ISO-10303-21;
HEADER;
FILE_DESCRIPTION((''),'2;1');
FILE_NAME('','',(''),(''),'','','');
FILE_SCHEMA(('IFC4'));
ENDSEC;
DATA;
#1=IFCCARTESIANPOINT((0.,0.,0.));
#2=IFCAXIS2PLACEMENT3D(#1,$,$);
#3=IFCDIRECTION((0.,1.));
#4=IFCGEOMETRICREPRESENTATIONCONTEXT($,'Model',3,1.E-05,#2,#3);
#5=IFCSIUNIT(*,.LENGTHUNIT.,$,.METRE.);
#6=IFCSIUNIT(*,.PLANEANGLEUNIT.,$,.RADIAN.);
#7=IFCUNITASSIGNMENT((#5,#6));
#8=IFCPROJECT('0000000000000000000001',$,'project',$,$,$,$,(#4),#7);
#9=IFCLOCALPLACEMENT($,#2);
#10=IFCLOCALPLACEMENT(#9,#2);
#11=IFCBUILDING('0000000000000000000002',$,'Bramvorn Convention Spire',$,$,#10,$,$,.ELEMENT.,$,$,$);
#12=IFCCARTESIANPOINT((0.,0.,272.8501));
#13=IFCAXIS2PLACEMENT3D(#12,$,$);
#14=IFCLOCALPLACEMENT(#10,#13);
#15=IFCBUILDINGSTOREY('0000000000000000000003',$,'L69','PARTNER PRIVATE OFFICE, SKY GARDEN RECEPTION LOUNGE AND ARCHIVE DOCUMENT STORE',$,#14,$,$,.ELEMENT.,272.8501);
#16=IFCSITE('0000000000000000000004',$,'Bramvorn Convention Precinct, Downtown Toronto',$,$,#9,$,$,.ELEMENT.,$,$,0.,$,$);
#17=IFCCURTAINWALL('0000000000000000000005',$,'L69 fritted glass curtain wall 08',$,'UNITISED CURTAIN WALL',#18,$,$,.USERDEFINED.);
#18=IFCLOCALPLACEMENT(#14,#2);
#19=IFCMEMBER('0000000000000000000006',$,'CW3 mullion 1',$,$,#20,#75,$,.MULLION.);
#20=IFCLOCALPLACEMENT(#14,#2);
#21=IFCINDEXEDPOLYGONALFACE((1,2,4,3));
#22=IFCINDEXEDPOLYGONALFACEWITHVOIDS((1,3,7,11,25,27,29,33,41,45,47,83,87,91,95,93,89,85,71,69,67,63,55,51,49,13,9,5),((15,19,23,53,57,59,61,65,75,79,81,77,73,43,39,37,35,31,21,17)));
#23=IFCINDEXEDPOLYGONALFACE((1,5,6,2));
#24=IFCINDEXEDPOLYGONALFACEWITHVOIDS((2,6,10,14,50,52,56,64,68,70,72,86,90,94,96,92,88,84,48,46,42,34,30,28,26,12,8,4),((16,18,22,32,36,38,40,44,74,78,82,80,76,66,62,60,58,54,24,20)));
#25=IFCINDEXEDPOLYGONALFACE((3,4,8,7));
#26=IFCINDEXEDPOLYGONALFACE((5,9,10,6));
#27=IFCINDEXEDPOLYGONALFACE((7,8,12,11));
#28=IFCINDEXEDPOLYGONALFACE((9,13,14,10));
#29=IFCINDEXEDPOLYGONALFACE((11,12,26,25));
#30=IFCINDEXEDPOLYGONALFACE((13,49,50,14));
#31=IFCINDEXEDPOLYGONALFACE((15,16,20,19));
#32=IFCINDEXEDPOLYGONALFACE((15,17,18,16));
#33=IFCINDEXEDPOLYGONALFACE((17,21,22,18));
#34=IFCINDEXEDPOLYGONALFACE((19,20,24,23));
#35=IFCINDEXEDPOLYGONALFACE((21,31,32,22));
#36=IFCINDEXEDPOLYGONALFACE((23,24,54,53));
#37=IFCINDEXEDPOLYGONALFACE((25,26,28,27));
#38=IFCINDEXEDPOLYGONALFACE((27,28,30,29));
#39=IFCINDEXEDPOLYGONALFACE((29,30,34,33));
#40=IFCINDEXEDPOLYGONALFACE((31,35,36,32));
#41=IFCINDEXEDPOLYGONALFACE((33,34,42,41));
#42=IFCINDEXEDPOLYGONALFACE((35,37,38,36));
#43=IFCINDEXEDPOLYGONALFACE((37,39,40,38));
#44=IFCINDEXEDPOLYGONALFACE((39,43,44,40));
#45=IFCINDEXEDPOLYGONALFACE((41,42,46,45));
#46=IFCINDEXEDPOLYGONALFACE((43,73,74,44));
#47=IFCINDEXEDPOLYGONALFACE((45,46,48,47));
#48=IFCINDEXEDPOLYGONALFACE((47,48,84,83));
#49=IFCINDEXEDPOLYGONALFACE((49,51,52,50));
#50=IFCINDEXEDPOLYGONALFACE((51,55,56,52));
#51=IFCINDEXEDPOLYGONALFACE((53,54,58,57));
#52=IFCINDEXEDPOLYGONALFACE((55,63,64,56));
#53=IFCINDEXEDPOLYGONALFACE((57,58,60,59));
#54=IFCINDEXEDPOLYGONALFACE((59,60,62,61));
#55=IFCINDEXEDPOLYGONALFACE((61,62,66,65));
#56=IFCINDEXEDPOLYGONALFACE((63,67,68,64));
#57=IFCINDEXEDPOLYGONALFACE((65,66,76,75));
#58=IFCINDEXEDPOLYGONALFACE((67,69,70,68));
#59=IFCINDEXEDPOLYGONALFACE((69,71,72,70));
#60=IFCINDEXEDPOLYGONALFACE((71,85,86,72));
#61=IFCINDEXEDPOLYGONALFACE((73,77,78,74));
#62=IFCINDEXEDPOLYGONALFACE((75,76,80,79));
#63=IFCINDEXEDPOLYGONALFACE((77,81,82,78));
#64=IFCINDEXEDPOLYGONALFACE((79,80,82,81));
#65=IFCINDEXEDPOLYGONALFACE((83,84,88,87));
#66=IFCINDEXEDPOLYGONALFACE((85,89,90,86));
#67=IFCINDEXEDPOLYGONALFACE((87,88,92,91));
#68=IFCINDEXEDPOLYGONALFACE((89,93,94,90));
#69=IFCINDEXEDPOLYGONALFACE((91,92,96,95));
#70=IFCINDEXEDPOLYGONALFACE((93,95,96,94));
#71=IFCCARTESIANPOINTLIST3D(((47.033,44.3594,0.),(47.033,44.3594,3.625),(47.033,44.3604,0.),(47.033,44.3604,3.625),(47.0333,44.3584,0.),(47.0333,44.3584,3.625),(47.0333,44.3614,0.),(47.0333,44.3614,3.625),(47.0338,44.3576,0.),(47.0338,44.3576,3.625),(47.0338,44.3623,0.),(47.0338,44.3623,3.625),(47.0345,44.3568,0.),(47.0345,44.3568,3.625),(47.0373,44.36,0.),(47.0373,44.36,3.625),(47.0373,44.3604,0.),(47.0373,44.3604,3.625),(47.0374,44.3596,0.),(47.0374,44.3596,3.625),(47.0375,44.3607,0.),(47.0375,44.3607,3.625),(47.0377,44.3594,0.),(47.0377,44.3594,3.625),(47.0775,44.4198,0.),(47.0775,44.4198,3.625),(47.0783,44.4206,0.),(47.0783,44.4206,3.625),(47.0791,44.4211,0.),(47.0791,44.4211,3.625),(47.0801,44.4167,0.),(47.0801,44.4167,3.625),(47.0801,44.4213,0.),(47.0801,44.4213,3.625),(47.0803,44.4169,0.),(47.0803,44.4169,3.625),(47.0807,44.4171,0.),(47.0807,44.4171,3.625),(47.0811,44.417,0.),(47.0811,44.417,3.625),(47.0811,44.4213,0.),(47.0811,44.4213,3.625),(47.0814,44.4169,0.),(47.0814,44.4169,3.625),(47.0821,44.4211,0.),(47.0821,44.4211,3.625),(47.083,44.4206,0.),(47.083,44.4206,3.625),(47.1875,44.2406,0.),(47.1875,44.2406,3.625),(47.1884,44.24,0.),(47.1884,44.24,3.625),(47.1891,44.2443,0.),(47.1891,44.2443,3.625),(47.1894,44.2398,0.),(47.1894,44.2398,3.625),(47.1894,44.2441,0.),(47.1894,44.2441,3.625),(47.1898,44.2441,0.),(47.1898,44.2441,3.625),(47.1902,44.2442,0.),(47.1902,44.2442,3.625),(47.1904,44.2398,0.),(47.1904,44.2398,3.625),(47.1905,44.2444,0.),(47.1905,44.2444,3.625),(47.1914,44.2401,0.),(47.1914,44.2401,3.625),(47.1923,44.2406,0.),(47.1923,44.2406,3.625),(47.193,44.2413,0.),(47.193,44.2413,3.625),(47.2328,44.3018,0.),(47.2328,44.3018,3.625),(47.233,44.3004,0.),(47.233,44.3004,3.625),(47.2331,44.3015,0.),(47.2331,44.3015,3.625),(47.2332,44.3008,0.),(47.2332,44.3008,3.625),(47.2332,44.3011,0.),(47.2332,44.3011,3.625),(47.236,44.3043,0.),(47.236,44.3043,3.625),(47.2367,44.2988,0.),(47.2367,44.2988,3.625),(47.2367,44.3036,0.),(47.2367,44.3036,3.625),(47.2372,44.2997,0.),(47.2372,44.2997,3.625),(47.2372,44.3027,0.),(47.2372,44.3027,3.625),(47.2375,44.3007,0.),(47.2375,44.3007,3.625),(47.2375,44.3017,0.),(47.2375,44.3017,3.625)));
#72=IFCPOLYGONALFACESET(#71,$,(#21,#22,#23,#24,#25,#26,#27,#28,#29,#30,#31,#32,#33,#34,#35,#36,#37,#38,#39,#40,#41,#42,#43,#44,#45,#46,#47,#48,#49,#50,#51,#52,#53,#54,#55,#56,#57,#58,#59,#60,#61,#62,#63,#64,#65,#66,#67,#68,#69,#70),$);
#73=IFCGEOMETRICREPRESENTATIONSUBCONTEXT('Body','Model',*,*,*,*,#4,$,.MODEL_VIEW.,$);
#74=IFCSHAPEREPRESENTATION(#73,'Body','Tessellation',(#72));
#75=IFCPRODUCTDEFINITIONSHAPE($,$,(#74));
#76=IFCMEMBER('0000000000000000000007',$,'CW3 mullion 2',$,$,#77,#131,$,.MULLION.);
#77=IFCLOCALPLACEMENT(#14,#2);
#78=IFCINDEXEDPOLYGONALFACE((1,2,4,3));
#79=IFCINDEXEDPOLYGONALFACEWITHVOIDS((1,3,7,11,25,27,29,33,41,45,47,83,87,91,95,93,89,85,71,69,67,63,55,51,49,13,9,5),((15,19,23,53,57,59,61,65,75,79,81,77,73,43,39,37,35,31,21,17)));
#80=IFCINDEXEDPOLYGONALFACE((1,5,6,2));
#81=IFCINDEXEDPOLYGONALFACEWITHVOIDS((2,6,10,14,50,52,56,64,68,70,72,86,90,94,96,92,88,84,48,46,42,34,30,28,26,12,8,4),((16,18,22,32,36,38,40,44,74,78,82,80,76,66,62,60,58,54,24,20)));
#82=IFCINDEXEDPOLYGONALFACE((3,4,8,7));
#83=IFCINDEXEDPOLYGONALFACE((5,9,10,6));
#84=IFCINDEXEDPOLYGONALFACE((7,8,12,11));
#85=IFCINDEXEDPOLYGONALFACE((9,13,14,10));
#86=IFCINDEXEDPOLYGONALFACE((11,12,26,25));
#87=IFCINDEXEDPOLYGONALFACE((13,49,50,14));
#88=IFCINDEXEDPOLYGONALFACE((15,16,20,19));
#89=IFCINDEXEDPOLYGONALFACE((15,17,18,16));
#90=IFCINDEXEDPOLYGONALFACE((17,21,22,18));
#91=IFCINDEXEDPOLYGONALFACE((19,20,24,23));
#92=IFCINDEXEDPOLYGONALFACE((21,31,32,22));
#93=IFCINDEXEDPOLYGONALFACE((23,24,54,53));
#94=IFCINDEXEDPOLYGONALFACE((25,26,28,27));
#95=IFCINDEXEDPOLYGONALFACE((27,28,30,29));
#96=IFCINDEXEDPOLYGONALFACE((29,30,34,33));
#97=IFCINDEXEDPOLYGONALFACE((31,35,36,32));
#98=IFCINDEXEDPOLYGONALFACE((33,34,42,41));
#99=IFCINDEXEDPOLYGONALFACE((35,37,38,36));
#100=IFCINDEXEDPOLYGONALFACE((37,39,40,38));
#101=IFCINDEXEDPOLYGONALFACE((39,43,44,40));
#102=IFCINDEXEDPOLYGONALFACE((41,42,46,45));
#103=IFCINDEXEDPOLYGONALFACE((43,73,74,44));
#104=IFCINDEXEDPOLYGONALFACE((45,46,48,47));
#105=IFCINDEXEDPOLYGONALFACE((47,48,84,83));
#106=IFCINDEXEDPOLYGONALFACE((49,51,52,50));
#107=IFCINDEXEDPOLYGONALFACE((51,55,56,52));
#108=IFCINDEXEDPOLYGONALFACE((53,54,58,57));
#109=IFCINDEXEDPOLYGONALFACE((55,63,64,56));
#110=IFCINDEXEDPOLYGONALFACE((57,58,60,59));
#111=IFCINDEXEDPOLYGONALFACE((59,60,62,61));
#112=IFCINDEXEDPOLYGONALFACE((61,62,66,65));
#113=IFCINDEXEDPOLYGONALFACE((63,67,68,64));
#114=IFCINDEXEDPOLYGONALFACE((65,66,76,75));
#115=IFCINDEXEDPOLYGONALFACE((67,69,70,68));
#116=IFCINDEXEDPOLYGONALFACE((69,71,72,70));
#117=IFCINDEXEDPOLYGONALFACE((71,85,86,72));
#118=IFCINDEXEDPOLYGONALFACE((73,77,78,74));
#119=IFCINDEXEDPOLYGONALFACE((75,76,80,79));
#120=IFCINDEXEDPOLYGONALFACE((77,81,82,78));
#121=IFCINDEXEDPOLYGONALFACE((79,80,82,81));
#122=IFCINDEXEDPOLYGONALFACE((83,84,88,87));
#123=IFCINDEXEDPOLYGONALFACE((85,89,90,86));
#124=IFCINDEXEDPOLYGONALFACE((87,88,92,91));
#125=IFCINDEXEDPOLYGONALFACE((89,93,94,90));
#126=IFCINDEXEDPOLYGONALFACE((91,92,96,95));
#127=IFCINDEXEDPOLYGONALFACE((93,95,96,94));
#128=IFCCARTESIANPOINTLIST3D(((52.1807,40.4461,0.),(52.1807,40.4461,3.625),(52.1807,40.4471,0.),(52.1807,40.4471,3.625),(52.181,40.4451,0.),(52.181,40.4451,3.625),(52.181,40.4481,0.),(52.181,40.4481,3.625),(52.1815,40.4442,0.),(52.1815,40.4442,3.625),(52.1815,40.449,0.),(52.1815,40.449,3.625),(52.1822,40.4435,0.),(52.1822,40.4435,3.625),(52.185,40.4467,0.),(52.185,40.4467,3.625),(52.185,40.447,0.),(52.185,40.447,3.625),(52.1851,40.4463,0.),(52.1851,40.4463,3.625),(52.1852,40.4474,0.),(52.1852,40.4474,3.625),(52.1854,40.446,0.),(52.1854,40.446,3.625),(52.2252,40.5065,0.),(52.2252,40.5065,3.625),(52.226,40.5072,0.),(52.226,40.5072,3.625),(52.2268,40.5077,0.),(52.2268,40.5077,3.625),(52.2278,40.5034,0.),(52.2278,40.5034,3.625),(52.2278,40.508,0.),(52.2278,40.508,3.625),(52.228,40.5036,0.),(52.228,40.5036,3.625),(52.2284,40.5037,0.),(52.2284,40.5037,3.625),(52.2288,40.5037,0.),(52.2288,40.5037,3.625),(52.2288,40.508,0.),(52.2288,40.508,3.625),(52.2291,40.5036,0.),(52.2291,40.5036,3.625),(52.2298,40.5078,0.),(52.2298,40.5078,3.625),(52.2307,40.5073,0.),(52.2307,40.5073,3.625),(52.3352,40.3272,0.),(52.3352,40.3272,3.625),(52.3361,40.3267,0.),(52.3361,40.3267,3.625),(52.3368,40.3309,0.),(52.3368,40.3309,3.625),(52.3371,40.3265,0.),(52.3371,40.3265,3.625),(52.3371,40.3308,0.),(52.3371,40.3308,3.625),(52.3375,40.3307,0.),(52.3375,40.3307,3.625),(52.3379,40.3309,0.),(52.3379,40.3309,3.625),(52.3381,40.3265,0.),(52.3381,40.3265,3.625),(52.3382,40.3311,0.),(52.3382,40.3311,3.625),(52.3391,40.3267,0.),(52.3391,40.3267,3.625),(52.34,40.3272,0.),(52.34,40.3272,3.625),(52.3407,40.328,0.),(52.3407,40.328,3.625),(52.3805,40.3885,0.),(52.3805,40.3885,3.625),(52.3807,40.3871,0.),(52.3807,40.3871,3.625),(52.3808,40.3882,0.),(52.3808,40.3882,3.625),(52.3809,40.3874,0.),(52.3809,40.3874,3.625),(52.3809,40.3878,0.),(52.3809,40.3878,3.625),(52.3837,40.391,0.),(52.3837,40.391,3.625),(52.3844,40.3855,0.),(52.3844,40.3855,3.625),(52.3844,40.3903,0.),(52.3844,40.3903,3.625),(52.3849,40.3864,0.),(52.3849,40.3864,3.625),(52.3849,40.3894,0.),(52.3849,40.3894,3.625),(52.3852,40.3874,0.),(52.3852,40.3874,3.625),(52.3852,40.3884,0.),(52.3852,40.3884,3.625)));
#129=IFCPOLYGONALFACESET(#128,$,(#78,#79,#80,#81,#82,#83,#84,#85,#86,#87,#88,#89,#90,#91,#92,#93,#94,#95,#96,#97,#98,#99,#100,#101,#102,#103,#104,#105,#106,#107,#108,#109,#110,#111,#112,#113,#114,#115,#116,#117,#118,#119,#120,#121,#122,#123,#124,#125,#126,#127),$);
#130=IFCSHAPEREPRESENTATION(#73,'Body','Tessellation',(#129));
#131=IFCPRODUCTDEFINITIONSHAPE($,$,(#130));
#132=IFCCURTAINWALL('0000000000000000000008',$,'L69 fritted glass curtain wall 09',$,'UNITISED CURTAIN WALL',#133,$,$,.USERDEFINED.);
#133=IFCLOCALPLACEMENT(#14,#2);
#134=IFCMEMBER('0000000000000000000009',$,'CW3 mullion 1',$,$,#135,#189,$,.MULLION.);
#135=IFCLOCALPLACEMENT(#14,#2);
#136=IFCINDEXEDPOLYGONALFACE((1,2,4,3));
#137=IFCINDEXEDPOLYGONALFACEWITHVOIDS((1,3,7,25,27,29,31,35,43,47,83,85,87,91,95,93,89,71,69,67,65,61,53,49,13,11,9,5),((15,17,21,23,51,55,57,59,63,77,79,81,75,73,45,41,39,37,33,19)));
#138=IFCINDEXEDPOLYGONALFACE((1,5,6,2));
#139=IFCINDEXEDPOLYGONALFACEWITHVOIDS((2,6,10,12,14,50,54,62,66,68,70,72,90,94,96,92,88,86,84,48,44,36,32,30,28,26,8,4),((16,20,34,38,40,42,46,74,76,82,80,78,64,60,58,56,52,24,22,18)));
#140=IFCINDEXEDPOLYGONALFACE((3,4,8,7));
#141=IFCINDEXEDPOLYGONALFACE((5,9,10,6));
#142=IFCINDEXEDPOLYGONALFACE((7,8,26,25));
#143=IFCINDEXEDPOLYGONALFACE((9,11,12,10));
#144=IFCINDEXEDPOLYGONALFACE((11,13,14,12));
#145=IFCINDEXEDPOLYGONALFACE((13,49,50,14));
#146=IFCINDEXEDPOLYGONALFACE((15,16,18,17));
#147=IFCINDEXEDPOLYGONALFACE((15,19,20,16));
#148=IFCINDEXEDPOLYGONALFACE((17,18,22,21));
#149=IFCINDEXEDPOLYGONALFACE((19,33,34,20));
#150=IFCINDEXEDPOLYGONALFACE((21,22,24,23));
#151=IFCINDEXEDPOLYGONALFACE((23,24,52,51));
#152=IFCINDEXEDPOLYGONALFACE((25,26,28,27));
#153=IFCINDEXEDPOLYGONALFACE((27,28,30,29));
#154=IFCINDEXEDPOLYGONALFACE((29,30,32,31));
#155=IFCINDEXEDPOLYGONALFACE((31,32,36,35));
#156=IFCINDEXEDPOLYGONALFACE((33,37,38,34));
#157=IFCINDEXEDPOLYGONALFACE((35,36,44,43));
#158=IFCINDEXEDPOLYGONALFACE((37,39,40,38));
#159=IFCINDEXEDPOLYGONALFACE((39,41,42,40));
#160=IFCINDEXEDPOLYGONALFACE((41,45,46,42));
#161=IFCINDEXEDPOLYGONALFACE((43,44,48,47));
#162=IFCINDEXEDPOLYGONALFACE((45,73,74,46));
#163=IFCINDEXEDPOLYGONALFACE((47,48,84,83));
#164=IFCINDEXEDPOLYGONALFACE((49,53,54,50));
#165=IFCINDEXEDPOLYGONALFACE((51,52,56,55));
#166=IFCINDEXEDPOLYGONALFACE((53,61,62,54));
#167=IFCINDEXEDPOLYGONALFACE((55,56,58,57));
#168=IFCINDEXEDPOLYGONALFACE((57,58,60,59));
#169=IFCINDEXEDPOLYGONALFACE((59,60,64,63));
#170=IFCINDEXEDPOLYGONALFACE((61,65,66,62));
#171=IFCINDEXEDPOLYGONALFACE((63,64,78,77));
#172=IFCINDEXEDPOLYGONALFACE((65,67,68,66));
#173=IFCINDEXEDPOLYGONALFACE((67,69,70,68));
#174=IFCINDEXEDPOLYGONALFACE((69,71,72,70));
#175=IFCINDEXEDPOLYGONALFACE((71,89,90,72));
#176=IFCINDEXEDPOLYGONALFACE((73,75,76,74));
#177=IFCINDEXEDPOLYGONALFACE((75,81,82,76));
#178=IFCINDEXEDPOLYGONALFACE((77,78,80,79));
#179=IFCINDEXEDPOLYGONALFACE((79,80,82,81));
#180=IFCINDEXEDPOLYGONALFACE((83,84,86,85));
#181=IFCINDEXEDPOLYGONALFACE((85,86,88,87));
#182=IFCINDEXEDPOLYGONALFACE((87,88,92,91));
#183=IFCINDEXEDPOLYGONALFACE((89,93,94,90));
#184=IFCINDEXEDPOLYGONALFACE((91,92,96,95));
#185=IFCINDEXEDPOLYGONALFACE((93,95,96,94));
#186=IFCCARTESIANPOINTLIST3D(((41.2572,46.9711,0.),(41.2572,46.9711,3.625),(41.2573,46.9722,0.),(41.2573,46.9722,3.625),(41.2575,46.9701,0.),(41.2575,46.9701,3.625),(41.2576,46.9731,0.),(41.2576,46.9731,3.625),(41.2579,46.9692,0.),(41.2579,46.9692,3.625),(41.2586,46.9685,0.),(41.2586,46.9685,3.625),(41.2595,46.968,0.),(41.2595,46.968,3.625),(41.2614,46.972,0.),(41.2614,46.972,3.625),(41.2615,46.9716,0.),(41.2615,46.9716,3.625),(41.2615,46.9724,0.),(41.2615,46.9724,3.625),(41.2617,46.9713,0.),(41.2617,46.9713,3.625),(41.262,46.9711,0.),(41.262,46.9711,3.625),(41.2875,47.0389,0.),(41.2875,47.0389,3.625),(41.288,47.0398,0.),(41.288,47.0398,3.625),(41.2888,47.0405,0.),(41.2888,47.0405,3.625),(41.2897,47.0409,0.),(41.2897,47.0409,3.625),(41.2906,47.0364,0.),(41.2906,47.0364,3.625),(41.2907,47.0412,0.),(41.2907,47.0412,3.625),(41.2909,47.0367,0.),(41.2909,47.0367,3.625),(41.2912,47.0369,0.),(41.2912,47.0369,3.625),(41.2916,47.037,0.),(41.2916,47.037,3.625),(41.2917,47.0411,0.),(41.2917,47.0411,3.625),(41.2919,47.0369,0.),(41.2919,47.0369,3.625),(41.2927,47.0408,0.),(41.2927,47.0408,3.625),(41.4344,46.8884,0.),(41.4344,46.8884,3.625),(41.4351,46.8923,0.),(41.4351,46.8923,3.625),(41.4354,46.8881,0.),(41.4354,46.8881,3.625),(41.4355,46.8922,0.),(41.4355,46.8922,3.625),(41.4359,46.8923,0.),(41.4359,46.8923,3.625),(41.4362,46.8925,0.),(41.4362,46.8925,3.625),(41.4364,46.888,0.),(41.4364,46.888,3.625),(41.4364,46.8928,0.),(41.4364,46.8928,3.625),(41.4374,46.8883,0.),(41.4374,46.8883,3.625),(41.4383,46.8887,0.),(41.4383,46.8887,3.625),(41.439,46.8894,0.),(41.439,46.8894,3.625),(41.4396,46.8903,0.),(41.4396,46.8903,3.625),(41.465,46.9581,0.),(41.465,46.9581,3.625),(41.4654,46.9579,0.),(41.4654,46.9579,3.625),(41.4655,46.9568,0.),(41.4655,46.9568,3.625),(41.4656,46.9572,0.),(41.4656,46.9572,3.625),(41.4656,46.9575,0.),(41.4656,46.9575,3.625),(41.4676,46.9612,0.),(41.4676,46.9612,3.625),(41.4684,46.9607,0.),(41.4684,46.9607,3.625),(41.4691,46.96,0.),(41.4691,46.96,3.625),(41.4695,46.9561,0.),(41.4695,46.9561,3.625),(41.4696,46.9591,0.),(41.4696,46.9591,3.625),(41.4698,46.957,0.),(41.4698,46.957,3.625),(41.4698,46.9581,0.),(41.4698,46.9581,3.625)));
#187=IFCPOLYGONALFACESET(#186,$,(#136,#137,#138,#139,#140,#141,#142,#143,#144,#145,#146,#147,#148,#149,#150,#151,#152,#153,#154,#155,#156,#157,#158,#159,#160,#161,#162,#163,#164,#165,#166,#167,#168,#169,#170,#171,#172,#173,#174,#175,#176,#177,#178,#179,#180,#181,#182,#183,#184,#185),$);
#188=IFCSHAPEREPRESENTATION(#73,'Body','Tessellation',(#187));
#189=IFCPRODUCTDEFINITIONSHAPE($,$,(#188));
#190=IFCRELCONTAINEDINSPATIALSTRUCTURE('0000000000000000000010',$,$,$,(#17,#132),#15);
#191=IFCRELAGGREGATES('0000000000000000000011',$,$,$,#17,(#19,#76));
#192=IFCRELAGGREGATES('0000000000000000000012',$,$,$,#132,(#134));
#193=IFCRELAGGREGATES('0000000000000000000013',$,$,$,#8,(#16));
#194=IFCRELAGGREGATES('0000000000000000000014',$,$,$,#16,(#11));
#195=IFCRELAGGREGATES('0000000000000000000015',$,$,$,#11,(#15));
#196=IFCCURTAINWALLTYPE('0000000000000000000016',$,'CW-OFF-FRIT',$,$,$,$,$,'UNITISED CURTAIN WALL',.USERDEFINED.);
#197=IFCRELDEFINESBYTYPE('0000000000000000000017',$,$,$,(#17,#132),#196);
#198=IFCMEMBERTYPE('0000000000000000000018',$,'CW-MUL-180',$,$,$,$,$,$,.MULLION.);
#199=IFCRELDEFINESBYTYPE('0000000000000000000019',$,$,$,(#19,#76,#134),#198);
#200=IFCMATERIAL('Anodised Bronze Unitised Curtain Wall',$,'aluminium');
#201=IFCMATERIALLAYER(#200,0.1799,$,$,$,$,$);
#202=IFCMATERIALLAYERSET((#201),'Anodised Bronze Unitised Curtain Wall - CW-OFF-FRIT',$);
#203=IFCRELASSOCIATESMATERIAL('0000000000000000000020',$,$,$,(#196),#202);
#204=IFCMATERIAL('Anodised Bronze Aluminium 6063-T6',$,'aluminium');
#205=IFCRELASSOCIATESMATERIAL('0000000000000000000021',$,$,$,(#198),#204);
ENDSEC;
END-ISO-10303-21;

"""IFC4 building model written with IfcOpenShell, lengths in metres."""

from ifc_helpers import new_model, si_unit, direction, frame, origin, origin_2d, place, context, subcontext, project, spatial, hollow_rectangle, extrude, material, layer, layer_set, material_profile, profile_set, type_object, element, aggregate, save


model = new_model("IFC4")

# Units and contexts
model_context = context("Model", 3, precision=1e-05, world=origin(), true_north=direction((0.0, 1.0)))
body_context = subcontext(model_context, "Body", "Model", "MODEL_VIEW")
ifc_project = project(units=[si_unit("LENGTHUNIT", "METRE"), si_unit("PLANEANGLEUNIT", "RADIAN")], contexts=[model_context])

# Site, building, storey
site_placement = place(None, origin())
site = spatial("IfcSite", under=ifc_project, at=site_placement, Name="Bramvorn Convention Precinct, Downtown Toronto", CompositionType="ELEMENT", RefElevation=0.0)
building_placement = place(site_placement, origin())
building = spatial("IfcBuilding", under=site, at=building_placement, Name="Bramvorn Convention Spire", CompositionType="ELEMENT")
storey_placement = place(building_placement, frame((0.0, 0.0, 272.8501)))
storey = spatial("IfcBuildingStorey", under=building, at=storey_placement, Name="L69", Description="PARTNER PRIVATE OFFICE, SKY GARDEN RECEPTION LOUNGE AND ARCHIVE DOCUMENT STORE", CompositionType="ELEMENT", Elevation=272.8501)

# Curtain walls, members
ifc_material_1 = material(Name="Anodised Bronze Unitised Curtain Wall", Category="aluminium")
ifc_layer_1 = layer(ifc_material_1, 0.1799)
ifc_layer_set_1 = layer_set([ifc_layer_1], Name="Anodised Bronze Unitised Curtain Wall - CW-OFF-FRIT")
curtain_wall_type = type_object("IfcCurtainWallType", Name="CW-OFF-FRIT", ElementType="UNITISED CURTAIN WALL", PredefinedType="USERDEFINED", material=ifc_layer_set_1)
curtain_wall_1_placement = place(storey_placement, origin())
curtain_wall_1 = element("IfcCurtainWall", 1, at=curtain_wall_1_placement, inside=storey, type_object=curtain_wall_type, Name="L69 fritted glass curtain wall 08", ObjectType="UNITISED CURTAIN WALL", PredefinedType="USERDEFINED")
ifc_material_2 = material(Name="Anodised Bronze Aluminium 6063-T6", Category="aluminium")
ifc_material_profile_1 = material_profile(ifc_material_2, hollow_rectangle(XDim=0.0801, YDim=0.2, WallThickness=0.0039, InnerFilletRadius=0.001, OuterFilletRadius=0.0039, at=origin_2d()))
ifc_profile_set_1 = profile_set([ifc_material_profile_1], Name="Anodised Bronze Aluminium 6063-T6 - CWM80X200")
member_type_1 = type_object("IfcMemberType", Name="CW-MUL-180", PredefinedType="MULLION", material=ifc_profile_set_1)
member_1_placement = place(storey_placement, frame((47.1353, 44.3306, 0.0), z_axis=(0.0, 0.0, 1.0), x_axis=(0.60519, 0.796081, 0.0)))
member_1 = element("IfcMember", 2, at=member_1_placement, type_object=member_type_1, Name="CW3 mullion 1", PredefinedType="MULLION", context=body_context, shape_type="SweptSolid", body=[
    extrude(hollow_rectangle(XDim=0.0801, YDim=0.2, WallThickness=0.0039, InnerFilletRadius=0.001, OuterFilletRadius=0.0039, at=origin_2d()), origin(), (0.0, 0.0, 1.0), 3.625),
])
member_2_placement = place(storey_placement, frame((52.283, 40.4172, 0.0), z_axis=(0.0, 0.0, 1.0), x_axis=(0.60519, 0.796081, 0.0)))
member_2 = element("IfcMember", 3, at=member_2_placement, type_object=member_type_1, Name="CW3 mullion 2", PredefinedType="MULLION", context=body_context, shape_type="SweptSolid", body=[
    extrude(hollow_rectangle(XDim=0.0801, YDim=0.2, WallThickness=0.0039, InnerFilletRadius=0.001, OuterFilletRadius=0.0039, at=origin_2d()), origin(), (0.0, 0.0, 1.0), 3.625),
])
curtain_wall_2_placement = place(storey_placement, origin())
curtain_wall_2 = element("IfcCurtainWall", 4, at=curtain_wall_2_placement, inside=storey, type_object=curtain_wall_type, Name="L69 fritted glass curtain wall 09", ObjectType="UNITISED CURTAIN WALL", PredefinedType="USERDEFINED")
member_3_placement = place(storey_placement, frame((41.3635, 46.9646, 0.0), z_axis=(0.0, 0.0, 1.0), x_axis=(0.414235, 0.91017, 0.0)))
member_3 = element("IfcMember", 5, at=member_3_placement, type_object=member_type_1, Name="CW3 mullion 1", PredefinedType="MULLION", context=body_context, shape_type="SweptSolid", body=[
    extrude(hollow_rectangle(XDim=0.0801, YDim=0.2, WallThickness=0.0039, InnerFilletRadius=0.001, OuterFilletRadius=0.0039, at=origin_2d()), origin(), (0.0, 0.0, 1.0), 3.625),
])

aggregate(curtain_wall_1, [member_1, member_2])
aggregate(curtain_wall_2, [member_3])

save(model, "model.ifc")
